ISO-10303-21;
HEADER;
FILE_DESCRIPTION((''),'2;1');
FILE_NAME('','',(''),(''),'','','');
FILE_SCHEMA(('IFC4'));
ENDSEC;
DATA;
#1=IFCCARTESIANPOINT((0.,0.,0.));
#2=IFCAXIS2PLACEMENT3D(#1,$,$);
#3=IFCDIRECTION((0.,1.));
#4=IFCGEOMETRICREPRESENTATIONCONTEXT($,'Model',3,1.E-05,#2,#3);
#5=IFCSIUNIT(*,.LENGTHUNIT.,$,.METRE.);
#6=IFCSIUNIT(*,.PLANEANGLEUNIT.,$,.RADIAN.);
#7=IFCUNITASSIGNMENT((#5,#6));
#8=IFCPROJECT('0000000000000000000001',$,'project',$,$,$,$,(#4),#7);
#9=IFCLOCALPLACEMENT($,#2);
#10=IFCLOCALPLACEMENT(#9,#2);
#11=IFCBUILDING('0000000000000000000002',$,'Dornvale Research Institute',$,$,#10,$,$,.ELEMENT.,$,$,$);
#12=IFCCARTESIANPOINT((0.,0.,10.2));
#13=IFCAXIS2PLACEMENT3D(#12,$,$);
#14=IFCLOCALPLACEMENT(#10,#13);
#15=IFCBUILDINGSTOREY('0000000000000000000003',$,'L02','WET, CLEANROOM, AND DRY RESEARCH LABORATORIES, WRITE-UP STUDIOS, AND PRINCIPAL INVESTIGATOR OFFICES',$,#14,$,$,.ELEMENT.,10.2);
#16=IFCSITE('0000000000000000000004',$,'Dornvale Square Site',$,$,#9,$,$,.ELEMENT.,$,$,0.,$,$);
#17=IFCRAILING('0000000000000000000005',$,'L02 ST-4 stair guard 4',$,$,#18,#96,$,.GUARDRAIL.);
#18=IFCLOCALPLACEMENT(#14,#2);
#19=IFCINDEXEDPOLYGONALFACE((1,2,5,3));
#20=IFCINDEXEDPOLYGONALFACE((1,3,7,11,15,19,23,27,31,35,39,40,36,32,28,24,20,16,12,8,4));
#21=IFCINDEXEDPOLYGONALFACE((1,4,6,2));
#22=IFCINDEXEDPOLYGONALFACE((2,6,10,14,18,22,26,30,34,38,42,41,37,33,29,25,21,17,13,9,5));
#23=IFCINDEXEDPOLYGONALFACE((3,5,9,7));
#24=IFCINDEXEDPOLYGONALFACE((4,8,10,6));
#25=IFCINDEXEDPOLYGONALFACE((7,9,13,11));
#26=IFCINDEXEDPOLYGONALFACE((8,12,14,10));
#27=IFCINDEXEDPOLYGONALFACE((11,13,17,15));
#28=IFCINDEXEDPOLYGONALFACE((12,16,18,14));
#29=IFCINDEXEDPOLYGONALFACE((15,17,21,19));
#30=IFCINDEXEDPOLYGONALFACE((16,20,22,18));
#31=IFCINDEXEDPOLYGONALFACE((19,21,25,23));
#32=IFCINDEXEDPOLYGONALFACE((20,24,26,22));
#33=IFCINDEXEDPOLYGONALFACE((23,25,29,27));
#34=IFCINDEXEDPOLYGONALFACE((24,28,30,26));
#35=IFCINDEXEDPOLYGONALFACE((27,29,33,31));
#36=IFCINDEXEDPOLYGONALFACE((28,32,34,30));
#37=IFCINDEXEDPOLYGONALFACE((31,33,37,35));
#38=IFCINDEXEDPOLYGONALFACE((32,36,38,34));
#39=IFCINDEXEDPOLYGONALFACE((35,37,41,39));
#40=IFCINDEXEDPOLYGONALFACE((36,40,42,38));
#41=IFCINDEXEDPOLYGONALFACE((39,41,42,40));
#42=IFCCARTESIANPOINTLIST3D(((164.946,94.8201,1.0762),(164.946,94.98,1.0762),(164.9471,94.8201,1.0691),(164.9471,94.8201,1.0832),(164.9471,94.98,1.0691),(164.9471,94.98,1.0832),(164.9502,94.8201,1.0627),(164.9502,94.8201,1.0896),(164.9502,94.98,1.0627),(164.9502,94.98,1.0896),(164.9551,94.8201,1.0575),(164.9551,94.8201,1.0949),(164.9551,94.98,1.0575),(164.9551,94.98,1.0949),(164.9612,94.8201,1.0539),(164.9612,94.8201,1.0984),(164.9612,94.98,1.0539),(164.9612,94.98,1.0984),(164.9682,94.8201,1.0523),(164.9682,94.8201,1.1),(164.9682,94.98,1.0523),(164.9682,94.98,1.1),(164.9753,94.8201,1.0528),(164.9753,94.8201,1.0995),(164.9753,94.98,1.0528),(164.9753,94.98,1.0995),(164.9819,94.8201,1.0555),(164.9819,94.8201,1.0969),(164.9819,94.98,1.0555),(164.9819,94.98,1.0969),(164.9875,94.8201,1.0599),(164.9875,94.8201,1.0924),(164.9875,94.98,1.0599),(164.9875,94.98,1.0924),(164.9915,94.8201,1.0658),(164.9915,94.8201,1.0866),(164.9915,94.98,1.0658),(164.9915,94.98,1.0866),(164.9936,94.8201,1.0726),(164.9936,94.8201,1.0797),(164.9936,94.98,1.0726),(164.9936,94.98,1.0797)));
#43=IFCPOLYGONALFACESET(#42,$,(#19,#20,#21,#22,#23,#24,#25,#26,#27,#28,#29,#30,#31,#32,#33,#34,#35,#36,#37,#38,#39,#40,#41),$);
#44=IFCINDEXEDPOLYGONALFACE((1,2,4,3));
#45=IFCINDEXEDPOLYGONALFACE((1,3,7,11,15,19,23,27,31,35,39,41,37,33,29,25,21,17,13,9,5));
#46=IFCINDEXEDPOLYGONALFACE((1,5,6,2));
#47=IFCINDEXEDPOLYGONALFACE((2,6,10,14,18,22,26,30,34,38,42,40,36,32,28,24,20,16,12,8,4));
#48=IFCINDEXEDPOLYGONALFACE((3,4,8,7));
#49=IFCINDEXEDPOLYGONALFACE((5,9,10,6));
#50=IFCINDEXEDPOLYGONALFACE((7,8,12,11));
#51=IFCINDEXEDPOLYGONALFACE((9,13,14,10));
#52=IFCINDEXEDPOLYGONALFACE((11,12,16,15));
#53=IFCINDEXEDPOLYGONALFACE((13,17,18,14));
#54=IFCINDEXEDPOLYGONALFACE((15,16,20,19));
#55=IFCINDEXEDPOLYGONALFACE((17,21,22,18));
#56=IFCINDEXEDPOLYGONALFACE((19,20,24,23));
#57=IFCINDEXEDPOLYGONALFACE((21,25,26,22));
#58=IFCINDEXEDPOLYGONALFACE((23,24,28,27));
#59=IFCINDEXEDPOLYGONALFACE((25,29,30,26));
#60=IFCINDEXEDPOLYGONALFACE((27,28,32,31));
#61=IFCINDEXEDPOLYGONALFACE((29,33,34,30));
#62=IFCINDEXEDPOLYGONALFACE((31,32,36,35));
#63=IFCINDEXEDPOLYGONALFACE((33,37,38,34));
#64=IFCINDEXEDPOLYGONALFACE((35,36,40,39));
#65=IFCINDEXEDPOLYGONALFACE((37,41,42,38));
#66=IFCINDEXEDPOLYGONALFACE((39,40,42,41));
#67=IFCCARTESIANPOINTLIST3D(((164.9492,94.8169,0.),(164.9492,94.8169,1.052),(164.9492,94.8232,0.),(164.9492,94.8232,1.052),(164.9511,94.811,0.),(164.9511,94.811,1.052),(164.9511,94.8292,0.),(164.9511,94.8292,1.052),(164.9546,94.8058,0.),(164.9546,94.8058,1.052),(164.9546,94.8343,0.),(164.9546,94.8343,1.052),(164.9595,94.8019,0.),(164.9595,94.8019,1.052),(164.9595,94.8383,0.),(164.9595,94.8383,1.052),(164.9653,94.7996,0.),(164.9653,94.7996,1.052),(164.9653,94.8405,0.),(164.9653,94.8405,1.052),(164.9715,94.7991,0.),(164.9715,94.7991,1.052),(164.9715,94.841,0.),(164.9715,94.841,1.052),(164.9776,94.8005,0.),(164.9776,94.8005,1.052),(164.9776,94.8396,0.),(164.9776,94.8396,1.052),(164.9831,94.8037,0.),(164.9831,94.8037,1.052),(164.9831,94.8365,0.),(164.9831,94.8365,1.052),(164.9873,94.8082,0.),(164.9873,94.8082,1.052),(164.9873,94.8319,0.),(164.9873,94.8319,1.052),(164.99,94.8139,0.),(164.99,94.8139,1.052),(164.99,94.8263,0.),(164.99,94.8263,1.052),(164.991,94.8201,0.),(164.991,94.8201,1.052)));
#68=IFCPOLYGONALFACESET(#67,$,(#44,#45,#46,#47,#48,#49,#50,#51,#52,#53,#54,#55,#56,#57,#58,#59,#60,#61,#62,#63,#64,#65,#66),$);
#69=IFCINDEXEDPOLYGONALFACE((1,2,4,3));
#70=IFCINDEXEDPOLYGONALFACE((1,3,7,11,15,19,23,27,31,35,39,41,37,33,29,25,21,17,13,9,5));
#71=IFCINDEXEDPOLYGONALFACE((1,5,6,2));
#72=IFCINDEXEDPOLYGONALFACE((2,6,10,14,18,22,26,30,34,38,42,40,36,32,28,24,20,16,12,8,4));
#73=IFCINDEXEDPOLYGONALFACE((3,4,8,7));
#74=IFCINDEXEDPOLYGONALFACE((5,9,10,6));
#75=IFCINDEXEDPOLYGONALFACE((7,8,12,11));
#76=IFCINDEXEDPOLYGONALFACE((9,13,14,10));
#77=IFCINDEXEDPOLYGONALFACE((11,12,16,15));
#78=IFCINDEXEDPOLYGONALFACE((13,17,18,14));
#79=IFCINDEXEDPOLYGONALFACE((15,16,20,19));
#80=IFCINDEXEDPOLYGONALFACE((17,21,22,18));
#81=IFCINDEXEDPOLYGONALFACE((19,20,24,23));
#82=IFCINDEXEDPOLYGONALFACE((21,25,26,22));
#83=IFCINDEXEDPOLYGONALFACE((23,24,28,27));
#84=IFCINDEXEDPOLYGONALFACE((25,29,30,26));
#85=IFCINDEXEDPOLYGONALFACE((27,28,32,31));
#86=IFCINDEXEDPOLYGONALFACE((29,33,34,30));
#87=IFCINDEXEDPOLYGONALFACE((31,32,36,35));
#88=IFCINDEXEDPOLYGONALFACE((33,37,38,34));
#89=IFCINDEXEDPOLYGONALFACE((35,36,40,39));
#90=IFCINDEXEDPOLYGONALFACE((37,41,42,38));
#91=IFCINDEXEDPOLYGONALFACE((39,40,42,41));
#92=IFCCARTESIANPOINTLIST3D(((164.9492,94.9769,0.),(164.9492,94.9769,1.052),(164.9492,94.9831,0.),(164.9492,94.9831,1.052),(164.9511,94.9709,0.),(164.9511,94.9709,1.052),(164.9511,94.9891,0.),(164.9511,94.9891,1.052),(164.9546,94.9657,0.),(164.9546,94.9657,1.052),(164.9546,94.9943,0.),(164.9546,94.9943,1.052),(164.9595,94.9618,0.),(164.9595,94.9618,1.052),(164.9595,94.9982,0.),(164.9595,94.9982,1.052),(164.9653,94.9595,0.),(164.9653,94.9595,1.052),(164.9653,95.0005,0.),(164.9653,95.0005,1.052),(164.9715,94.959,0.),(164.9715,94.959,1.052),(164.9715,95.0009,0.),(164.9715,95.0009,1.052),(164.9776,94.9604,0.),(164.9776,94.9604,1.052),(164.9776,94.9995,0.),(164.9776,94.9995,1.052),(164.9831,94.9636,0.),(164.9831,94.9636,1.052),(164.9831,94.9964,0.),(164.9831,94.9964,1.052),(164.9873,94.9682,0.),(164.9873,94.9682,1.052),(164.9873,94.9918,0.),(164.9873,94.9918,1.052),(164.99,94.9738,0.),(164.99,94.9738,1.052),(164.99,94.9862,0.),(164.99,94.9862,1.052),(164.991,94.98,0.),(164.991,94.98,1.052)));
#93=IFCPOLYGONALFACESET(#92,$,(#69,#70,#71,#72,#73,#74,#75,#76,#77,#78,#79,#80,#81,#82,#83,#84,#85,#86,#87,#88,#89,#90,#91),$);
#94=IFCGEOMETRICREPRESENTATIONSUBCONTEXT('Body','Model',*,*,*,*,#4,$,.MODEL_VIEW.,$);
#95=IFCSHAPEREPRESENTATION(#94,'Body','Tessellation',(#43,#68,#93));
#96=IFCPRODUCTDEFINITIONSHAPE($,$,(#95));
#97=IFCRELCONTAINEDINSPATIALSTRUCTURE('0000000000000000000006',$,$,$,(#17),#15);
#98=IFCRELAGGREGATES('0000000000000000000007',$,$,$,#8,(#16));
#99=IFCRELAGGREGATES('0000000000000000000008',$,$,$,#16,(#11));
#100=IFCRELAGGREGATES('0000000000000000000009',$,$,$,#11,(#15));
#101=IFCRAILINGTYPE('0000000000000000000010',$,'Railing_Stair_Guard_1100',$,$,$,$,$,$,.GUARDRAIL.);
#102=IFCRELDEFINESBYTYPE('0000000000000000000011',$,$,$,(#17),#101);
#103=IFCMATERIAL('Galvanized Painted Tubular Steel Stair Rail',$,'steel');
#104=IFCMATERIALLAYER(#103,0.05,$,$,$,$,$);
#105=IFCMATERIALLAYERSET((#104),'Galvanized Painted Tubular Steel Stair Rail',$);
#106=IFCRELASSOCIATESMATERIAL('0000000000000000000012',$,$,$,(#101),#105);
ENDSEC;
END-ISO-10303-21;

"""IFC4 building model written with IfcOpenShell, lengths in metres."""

from ifc_helpers import new_model, si_unit, direction, frame, origin, origin_2d, place, context, subcontext, project, spatial, circle, extrude, material, layer, layer_set, type_object, element, save


model = new_model("IFC4")

# Units and contexts
model_context = context("Model", 3, precision=1e-05, world=origin(), true_north=direction((0.0, 1.0)))
body_context = subcontext(model_context, "Body", "Model", "MODEL_VIEW")
ifc_project = project(units=[si_unit("LENGTHUNIT", "METRE"), si_unit("PLANEANGLEUNIT", "RADIAN")], contexts=[model_context])

# Site, building, storey
site_placement = place(None, origin())
site = spatial("IfcSite", under=ifc_project, at=site_placement, Name="Dornvale Square Site", CompositionType="ELEMENT", RefElevation=0.0)
building_placement = place(site_placement, origin())
building = spatial("IfcBuilding", under=site, at=building_placement, Name="Dornvale Research Institute", CompositionType="ELEMENT")
storey_placement = place(building_placement, frame((0.0, 0.0, 10.2)))
storey = spatial("IfcBuildingStorey", under=building, at=storey_placement, Name="L02", Description="WET, CLEANROOM, AND DRY RESEARCH LABORATORIES, WRITE-UP STUDIOS, AND PRINCIPAL INVESTIGATOR OFFICES", CompositionType="ELEMENT", Elevation=10.2)

# Railing
ifc_material_1 = material(Name="Galvanized Painted Tubular Steel Stair Rail", Category="steel")
ifc_layer_1 = layer(ifc_material_1, 0.05)
ifc_layer_set_1 = layer_set([ifc_layer_1], Name="Galvanized Painted Tubular Steel Stair Rail")
railing_type_1 = type_object("IfcRailingType", Name="Railing_Stair_Guard_1100", PredefinedType="GUARDRAIL", material=ifc_layer_set_1)
railing_1_placement = place(storey_placement, frame((164.97, 94.8201, 0.0)))
element("IfcRailing", 1, at=railing_1_placement, inside=storey, type_object=railing_type_1, Name="L02 ST-4 stair guard 4", PredefinedType="GUARDRAIL", context=body_context, shape_type="SweptSolid", body=[
    extrude(circle(Radius=0.0239, at=origin_2d()), frame((0.0, 0.0, 1.0762), z_axis=(0.0, 1.0, 0.0), x_axis=(-1.0, 0.0, 0.0)), (0.0, 0.0, 1.0), 0.1599),
    extrude(circle(Radius=0.021, at=origin_2d()), origin(), (0.0, 0.0, 1.0), 1.052),
    extrude(circle(Radius=0.021, at=origin_2d()), frame((0.0, 0.1599, 0.0)), (0.0, 0.0, 1.0), 1.052),
])

save(model, "model.ifc")
